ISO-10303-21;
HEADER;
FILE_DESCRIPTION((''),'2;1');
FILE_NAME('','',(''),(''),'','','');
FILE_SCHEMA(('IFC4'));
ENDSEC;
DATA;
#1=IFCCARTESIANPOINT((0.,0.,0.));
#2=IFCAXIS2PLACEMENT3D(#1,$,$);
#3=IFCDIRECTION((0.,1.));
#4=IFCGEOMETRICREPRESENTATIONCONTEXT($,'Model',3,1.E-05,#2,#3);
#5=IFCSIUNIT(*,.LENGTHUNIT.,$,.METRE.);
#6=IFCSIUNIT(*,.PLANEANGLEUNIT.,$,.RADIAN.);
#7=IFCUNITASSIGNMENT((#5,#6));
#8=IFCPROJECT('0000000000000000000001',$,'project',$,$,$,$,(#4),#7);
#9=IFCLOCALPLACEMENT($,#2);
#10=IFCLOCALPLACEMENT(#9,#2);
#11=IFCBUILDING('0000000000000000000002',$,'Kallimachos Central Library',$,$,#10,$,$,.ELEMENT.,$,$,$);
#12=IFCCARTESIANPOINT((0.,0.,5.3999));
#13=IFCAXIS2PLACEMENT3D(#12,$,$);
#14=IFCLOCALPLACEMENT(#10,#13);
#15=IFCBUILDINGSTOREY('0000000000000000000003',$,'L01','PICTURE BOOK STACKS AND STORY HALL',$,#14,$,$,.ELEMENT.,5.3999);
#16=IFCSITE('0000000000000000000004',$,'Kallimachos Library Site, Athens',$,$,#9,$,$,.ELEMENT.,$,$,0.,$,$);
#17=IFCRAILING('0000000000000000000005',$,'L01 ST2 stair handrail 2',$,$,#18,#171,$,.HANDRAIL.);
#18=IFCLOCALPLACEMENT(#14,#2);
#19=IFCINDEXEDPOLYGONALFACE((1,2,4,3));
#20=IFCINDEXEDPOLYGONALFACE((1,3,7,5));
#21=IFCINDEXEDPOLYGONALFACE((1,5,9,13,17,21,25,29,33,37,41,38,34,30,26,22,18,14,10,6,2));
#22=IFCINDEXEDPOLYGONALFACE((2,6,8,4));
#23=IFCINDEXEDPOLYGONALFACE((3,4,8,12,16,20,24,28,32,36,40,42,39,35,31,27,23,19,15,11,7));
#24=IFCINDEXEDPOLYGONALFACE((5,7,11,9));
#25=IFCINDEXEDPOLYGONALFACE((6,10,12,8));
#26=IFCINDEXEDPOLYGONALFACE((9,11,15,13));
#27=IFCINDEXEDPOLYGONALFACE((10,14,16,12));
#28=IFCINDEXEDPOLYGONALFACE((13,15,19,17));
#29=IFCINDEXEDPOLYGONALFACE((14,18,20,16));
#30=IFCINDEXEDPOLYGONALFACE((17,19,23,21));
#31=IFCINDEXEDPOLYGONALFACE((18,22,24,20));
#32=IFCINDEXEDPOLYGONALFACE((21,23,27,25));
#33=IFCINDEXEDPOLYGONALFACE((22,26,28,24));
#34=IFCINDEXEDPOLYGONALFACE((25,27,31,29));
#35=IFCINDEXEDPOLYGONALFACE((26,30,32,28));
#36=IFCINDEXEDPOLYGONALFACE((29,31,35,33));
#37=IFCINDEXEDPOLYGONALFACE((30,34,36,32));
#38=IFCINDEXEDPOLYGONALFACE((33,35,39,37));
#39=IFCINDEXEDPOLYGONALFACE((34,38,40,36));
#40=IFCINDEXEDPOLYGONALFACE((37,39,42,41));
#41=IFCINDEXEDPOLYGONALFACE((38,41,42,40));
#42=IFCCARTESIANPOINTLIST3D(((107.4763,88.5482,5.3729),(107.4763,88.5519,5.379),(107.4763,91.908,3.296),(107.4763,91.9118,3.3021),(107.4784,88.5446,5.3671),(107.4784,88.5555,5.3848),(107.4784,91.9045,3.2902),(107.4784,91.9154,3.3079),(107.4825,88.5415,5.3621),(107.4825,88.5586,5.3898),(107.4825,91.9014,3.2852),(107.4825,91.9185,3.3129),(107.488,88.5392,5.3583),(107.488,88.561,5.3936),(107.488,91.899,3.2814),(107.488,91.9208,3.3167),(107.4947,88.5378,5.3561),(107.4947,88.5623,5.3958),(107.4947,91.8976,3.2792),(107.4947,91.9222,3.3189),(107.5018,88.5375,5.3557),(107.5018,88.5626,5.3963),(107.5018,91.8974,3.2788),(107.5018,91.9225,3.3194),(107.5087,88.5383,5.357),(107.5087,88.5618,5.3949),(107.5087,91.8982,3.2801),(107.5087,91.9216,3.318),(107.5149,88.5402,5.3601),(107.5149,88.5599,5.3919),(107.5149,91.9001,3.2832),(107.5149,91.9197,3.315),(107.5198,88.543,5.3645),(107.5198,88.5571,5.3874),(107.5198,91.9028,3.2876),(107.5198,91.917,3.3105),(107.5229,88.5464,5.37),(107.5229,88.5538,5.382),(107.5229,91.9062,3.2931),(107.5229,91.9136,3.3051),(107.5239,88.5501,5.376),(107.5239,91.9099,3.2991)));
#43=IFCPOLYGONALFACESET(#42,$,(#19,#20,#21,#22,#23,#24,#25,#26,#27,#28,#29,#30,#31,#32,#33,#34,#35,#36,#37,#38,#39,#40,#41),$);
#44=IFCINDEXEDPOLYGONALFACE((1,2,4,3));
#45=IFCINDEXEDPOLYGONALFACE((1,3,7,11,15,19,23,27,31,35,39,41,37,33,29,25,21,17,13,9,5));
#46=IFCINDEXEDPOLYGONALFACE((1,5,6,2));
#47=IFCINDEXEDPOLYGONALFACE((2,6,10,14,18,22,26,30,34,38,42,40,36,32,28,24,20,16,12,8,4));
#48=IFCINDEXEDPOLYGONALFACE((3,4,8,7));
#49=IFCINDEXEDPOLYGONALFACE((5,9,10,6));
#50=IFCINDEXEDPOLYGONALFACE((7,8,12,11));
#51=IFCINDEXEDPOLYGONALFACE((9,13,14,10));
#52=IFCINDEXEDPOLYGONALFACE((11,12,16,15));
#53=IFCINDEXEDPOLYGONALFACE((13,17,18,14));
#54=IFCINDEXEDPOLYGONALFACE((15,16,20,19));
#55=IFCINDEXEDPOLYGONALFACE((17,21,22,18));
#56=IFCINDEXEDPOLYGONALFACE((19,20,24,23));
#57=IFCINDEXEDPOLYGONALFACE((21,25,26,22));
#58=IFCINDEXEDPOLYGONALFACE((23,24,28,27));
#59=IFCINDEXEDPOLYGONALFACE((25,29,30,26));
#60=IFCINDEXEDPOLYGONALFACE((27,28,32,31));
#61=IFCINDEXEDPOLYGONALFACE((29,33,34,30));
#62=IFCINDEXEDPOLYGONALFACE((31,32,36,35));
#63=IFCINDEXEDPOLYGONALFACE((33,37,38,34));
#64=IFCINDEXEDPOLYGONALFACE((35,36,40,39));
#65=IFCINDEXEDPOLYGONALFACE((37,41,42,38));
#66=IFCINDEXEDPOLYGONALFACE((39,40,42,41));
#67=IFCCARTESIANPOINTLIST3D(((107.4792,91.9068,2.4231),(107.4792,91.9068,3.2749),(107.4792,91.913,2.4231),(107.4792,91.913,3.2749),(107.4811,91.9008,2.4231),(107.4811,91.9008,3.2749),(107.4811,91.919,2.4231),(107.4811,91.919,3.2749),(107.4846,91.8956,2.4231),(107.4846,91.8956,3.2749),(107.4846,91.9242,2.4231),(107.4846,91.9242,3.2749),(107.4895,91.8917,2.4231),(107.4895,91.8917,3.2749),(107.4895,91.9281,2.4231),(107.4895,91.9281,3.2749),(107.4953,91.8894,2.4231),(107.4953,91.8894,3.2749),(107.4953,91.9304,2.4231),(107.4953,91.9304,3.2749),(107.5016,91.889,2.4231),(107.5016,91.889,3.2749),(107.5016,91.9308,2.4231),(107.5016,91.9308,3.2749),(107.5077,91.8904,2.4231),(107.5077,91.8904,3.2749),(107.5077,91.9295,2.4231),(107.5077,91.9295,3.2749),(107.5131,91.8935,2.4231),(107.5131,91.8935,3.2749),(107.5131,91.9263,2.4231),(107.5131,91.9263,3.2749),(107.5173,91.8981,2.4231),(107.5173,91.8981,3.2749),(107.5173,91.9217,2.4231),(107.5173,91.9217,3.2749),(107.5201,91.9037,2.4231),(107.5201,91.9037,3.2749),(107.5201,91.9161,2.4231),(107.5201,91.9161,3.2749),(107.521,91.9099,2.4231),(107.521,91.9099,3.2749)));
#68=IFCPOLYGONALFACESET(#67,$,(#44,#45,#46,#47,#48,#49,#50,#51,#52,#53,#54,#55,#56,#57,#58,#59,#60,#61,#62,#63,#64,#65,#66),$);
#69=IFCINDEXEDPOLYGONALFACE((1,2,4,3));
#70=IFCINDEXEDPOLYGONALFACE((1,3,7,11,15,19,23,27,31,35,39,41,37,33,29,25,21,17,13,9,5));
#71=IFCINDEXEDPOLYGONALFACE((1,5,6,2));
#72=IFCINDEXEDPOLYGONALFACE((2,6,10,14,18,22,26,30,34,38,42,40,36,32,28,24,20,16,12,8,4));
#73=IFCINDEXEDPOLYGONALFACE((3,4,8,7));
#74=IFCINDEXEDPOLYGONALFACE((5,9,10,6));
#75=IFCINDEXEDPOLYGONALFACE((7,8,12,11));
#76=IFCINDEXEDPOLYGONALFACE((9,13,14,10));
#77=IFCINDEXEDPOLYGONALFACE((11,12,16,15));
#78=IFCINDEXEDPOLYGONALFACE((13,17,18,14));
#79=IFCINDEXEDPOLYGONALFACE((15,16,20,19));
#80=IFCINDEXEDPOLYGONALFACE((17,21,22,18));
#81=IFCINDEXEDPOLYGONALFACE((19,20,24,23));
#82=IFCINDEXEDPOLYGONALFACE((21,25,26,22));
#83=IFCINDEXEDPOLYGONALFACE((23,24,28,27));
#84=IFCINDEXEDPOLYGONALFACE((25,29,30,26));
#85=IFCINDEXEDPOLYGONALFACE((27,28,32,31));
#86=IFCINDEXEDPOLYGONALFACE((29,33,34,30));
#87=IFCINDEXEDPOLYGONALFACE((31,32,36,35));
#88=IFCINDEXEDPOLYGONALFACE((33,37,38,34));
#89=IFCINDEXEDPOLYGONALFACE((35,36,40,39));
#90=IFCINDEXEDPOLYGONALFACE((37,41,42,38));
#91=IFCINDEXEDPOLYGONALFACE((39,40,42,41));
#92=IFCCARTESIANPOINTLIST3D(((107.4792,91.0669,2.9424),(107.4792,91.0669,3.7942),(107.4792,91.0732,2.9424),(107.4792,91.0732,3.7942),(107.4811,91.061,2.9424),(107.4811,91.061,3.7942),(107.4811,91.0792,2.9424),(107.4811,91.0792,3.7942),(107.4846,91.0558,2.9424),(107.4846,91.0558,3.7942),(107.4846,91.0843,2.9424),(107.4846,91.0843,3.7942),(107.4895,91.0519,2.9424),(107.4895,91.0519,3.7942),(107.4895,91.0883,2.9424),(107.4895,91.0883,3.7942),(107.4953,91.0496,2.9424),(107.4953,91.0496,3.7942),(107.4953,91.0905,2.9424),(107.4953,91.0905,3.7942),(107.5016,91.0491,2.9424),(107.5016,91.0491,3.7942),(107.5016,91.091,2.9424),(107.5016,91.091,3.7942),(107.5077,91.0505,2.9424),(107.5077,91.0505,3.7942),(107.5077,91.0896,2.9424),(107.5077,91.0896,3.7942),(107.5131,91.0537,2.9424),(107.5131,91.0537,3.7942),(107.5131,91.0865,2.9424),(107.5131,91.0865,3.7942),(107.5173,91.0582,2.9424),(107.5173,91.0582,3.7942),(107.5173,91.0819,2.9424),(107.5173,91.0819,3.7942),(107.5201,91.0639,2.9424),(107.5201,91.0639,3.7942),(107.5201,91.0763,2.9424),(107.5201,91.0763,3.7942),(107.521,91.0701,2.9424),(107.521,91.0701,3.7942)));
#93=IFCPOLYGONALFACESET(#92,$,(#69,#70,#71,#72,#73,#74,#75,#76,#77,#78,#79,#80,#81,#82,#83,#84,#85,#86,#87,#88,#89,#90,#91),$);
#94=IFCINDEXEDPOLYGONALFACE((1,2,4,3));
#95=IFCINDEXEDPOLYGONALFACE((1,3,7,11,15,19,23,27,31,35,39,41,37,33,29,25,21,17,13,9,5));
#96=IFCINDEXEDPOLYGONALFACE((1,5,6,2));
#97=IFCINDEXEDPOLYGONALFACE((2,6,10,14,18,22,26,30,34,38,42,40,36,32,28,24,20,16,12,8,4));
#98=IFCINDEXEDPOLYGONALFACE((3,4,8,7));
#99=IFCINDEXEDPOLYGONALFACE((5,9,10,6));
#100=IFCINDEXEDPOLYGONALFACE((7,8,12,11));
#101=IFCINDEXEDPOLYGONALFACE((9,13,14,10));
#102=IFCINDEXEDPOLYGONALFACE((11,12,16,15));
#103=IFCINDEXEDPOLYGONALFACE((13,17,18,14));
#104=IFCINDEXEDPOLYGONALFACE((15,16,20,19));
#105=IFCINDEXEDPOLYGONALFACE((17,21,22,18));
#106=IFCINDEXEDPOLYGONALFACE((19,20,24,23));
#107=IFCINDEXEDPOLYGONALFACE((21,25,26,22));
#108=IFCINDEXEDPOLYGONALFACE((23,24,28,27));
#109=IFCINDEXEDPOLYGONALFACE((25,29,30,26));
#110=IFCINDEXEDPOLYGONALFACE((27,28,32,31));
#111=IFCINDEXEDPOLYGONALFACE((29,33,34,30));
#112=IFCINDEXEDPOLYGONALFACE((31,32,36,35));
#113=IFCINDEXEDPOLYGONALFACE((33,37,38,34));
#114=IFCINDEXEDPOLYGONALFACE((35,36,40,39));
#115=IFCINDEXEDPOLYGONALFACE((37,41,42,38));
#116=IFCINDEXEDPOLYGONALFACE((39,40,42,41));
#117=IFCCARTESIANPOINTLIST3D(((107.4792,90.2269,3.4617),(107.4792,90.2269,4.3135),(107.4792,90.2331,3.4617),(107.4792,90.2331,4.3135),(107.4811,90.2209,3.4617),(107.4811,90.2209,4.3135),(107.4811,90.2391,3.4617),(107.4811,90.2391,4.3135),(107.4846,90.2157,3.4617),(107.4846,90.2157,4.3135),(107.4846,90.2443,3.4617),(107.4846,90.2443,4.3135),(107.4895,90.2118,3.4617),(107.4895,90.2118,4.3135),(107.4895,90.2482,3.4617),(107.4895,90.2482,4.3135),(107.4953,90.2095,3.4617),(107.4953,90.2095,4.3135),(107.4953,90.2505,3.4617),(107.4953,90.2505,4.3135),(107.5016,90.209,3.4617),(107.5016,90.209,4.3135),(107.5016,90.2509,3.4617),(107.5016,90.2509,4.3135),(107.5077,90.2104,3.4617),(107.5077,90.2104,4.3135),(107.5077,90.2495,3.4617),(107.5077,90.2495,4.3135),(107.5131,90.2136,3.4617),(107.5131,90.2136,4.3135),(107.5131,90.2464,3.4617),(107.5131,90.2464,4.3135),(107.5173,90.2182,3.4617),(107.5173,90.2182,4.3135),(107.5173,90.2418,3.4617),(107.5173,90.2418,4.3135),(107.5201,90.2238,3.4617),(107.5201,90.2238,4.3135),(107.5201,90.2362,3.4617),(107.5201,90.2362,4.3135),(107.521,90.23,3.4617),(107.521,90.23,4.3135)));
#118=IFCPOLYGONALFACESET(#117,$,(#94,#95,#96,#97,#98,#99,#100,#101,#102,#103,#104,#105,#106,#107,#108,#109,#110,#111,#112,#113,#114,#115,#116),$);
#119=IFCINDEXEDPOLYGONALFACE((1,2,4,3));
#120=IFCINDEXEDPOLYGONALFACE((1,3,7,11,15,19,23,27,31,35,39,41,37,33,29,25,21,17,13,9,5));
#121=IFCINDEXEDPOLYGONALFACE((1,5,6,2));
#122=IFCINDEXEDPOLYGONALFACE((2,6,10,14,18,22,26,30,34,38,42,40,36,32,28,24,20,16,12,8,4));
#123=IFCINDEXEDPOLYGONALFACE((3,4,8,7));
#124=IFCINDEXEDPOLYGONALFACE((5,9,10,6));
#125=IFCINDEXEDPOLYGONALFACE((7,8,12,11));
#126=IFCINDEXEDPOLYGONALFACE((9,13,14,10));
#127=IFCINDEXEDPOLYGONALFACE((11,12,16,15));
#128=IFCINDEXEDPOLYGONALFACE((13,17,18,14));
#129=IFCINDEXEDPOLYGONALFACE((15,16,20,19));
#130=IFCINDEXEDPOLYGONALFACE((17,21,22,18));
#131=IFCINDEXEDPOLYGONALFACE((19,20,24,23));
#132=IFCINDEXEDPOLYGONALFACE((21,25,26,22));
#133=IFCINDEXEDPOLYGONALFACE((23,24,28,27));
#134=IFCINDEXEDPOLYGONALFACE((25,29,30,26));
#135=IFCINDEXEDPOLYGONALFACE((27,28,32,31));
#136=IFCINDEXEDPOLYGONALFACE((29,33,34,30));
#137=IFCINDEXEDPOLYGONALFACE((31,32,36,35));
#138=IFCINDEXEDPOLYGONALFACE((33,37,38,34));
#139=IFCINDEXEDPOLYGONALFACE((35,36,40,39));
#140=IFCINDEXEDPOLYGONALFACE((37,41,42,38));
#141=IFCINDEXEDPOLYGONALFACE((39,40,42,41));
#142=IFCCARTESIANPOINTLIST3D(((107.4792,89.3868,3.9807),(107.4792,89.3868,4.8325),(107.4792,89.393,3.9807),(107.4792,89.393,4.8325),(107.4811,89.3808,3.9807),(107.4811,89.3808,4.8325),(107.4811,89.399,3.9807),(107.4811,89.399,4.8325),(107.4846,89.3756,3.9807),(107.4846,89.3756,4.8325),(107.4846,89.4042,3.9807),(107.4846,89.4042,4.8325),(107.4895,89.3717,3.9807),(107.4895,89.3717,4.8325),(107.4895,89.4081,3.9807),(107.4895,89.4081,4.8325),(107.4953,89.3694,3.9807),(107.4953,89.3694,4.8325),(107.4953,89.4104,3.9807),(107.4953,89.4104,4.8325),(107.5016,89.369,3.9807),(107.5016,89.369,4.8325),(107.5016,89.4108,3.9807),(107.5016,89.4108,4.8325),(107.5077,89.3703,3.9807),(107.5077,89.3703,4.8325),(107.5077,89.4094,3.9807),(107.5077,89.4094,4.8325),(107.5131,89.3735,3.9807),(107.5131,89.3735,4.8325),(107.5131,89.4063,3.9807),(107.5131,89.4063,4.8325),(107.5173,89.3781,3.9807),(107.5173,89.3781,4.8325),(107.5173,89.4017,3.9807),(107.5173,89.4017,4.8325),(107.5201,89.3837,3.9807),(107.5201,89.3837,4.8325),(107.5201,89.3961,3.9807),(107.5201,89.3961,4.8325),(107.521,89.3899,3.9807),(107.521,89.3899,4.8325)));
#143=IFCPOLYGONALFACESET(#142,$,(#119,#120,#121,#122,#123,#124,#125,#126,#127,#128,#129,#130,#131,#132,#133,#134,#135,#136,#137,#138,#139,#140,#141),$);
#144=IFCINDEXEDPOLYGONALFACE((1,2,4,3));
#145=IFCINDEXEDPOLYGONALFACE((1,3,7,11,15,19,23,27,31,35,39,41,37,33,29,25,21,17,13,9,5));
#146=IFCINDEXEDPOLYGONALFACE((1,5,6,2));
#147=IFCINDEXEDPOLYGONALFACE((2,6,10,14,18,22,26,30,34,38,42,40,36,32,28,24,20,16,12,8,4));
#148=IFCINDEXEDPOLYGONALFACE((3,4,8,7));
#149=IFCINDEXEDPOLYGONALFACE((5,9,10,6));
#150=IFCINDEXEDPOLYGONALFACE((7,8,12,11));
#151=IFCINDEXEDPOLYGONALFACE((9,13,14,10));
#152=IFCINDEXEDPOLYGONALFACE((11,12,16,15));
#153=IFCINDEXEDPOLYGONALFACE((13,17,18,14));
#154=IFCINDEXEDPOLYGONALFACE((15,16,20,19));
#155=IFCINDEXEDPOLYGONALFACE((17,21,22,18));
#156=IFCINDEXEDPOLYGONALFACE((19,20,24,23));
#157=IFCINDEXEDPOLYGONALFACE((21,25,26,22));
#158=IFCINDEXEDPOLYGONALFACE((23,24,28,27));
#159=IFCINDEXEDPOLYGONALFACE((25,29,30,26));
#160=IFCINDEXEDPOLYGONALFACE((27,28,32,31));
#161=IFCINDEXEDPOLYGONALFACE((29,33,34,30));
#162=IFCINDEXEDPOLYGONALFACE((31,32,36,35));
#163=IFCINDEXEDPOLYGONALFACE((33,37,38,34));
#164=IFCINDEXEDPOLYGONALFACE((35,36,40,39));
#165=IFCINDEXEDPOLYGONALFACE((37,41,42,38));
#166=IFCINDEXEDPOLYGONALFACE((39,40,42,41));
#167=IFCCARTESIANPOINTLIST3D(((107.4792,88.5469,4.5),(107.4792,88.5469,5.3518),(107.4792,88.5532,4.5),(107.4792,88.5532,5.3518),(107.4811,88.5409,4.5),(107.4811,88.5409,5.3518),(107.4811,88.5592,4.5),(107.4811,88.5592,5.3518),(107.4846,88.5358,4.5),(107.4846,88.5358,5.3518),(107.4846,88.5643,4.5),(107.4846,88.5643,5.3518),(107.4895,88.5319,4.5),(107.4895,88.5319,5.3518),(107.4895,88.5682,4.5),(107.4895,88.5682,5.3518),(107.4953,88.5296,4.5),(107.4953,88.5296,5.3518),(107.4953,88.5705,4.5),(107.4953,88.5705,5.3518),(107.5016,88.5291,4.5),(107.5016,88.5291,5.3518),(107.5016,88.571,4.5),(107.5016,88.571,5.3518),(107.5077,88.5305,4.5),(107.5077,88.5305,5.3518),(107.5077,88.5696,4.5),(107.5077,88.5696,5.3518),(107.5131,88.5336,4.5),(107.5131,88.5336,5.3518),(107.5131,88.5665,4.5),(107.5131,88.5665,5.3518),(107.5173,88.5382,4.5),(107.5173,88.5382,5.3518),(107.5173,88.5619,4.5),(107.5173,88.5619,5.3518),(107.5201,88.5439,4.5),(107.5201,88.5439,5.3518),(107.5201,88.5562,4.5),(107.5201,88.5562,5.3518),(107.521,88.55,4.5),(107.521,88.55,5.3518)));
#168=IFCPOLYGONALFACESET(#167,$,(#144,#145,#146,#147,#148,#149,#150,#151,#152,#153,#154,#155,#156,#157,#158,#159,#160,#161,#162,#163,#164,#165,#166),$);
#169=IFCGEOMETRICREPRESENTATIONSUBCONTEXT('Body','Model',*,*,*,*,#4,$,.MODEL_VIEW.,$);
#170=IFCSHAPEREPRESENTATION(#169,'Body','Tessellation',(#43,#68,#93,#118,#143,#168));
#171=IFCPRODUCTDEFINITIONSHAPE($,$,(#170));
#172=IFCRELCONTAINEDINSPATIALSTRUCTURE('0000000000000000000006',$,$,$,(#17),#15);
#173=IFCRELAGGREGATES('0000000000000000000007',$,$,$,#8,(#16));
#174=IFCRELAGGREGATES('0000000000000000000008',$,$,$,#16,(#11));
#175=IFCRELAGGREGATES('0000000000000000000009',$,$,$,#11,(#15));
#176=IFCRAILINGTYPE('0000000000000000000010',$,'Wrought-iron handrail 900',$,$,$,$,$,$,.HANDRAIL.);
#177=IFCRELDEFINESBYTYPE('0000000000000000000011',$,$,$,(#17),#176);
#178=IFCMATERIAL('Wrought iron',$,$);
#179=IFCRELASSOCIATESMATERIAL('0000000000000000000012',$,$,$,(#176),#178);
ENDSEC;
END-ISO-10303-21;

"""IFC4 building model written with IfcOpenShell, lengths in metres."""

from ifc_helpers import new_model, si_unit, direction, frame, origin, origin_2d, place, context, subcontext, project, spatial, circle, extrude, material, type_object, element, save


model = new_model("IFC4")

# Units and contexts
model_context = context("Model", 3, precision=1e-05, world=origin(), true_north=direction((0.0, 1.0)))
body_context = subcontext(model_context, "Body", "Model", "MODEL_VIEW")
ifc_project = project(units=[si_unit("LENGTHUNIT", "METRE"), si_unit("PLANEANGLEUNIT", "RADIAN")], contexts=[model_context])

# Site, building, storey
site_placement = place(None, origin())
site = spatial("IfcSite", under=ifc_project, at=site_placement, Name="Kallimachos Library Site, Athens", CompositionType="ELEMENT", RefElevation=0.0)
building_placement = place(site_placement, origin())
building = spatial("IfcBuilding", under=site, at=building_placement, Name="Kallimachos Central Library", CompositionType="ELEMENT")
storey_placement = place(building_placement, frame((0.0, 0.0, 5.3999)))
storey = spatial("IfcBuildingStorey", under=building, at=storey_placement, Name="L01", Description="PICTURE BOOK STACKS AND STORY HALL", CompositionType="ELEMENT", Elevation=5.3999)

# Railing
ifc_material_1 = material(Name="Wrought iron")
railing_type = type_object("IfcRailingType", Name="Wrought-iron handrail 900", PredefinedType="HANDRAIL", material=ifc_material_1)
railing_placement = place(storey_placement, frame((107.5, 91.9099, 2.4231)))
element("IfcRailing", 1, at=railing_placement, inside=storey, type_object=railing_type, Name="L01 ST2 stair handrail 2", PredefinedType="HANDRAIL", context=body_context, shape_type="SweptSolid", body=[
    extrude(circle(Radius=0.0239, at=origin_2d()), frame((0.0, 0.0, 0.876), z_axis=(0.0, -0.850606, 0.525803), x_axis=(1.0, 0.0, 0.0)), (0.0, 0.0, 1.0), 3.95),
    extrude(circle(Radius=0.021, at=origin_2d()), origin(), (0.0, 0.0, 1.0), 0.8518),
    extrude(circle(Radius=0.021, at=origin_2d()), frame((0.0, -0.8398, 0.5193)), (0.0, 0.0, 1.0), 0.8518),
    extrude(circle(Radius=0.021, at=origin_2d()), frame((0.0, -1.6799, 1.0386)), (0.0, 0.0, 1.0), 0.8518),
    extrude(circle(Radius=0.021, at=origin_2d()), frame((0.0, -2.52, 1.5576)), (0.0, 0.0, 1.0), 0.8518),
    extrude(circle(Radius=0.021, at=origin_2d()), frame((0.0, -3.3599, 2.0769)), (0.0, 0.0, 1.0), 0.8518),
])

save(model, "model.ifc")
